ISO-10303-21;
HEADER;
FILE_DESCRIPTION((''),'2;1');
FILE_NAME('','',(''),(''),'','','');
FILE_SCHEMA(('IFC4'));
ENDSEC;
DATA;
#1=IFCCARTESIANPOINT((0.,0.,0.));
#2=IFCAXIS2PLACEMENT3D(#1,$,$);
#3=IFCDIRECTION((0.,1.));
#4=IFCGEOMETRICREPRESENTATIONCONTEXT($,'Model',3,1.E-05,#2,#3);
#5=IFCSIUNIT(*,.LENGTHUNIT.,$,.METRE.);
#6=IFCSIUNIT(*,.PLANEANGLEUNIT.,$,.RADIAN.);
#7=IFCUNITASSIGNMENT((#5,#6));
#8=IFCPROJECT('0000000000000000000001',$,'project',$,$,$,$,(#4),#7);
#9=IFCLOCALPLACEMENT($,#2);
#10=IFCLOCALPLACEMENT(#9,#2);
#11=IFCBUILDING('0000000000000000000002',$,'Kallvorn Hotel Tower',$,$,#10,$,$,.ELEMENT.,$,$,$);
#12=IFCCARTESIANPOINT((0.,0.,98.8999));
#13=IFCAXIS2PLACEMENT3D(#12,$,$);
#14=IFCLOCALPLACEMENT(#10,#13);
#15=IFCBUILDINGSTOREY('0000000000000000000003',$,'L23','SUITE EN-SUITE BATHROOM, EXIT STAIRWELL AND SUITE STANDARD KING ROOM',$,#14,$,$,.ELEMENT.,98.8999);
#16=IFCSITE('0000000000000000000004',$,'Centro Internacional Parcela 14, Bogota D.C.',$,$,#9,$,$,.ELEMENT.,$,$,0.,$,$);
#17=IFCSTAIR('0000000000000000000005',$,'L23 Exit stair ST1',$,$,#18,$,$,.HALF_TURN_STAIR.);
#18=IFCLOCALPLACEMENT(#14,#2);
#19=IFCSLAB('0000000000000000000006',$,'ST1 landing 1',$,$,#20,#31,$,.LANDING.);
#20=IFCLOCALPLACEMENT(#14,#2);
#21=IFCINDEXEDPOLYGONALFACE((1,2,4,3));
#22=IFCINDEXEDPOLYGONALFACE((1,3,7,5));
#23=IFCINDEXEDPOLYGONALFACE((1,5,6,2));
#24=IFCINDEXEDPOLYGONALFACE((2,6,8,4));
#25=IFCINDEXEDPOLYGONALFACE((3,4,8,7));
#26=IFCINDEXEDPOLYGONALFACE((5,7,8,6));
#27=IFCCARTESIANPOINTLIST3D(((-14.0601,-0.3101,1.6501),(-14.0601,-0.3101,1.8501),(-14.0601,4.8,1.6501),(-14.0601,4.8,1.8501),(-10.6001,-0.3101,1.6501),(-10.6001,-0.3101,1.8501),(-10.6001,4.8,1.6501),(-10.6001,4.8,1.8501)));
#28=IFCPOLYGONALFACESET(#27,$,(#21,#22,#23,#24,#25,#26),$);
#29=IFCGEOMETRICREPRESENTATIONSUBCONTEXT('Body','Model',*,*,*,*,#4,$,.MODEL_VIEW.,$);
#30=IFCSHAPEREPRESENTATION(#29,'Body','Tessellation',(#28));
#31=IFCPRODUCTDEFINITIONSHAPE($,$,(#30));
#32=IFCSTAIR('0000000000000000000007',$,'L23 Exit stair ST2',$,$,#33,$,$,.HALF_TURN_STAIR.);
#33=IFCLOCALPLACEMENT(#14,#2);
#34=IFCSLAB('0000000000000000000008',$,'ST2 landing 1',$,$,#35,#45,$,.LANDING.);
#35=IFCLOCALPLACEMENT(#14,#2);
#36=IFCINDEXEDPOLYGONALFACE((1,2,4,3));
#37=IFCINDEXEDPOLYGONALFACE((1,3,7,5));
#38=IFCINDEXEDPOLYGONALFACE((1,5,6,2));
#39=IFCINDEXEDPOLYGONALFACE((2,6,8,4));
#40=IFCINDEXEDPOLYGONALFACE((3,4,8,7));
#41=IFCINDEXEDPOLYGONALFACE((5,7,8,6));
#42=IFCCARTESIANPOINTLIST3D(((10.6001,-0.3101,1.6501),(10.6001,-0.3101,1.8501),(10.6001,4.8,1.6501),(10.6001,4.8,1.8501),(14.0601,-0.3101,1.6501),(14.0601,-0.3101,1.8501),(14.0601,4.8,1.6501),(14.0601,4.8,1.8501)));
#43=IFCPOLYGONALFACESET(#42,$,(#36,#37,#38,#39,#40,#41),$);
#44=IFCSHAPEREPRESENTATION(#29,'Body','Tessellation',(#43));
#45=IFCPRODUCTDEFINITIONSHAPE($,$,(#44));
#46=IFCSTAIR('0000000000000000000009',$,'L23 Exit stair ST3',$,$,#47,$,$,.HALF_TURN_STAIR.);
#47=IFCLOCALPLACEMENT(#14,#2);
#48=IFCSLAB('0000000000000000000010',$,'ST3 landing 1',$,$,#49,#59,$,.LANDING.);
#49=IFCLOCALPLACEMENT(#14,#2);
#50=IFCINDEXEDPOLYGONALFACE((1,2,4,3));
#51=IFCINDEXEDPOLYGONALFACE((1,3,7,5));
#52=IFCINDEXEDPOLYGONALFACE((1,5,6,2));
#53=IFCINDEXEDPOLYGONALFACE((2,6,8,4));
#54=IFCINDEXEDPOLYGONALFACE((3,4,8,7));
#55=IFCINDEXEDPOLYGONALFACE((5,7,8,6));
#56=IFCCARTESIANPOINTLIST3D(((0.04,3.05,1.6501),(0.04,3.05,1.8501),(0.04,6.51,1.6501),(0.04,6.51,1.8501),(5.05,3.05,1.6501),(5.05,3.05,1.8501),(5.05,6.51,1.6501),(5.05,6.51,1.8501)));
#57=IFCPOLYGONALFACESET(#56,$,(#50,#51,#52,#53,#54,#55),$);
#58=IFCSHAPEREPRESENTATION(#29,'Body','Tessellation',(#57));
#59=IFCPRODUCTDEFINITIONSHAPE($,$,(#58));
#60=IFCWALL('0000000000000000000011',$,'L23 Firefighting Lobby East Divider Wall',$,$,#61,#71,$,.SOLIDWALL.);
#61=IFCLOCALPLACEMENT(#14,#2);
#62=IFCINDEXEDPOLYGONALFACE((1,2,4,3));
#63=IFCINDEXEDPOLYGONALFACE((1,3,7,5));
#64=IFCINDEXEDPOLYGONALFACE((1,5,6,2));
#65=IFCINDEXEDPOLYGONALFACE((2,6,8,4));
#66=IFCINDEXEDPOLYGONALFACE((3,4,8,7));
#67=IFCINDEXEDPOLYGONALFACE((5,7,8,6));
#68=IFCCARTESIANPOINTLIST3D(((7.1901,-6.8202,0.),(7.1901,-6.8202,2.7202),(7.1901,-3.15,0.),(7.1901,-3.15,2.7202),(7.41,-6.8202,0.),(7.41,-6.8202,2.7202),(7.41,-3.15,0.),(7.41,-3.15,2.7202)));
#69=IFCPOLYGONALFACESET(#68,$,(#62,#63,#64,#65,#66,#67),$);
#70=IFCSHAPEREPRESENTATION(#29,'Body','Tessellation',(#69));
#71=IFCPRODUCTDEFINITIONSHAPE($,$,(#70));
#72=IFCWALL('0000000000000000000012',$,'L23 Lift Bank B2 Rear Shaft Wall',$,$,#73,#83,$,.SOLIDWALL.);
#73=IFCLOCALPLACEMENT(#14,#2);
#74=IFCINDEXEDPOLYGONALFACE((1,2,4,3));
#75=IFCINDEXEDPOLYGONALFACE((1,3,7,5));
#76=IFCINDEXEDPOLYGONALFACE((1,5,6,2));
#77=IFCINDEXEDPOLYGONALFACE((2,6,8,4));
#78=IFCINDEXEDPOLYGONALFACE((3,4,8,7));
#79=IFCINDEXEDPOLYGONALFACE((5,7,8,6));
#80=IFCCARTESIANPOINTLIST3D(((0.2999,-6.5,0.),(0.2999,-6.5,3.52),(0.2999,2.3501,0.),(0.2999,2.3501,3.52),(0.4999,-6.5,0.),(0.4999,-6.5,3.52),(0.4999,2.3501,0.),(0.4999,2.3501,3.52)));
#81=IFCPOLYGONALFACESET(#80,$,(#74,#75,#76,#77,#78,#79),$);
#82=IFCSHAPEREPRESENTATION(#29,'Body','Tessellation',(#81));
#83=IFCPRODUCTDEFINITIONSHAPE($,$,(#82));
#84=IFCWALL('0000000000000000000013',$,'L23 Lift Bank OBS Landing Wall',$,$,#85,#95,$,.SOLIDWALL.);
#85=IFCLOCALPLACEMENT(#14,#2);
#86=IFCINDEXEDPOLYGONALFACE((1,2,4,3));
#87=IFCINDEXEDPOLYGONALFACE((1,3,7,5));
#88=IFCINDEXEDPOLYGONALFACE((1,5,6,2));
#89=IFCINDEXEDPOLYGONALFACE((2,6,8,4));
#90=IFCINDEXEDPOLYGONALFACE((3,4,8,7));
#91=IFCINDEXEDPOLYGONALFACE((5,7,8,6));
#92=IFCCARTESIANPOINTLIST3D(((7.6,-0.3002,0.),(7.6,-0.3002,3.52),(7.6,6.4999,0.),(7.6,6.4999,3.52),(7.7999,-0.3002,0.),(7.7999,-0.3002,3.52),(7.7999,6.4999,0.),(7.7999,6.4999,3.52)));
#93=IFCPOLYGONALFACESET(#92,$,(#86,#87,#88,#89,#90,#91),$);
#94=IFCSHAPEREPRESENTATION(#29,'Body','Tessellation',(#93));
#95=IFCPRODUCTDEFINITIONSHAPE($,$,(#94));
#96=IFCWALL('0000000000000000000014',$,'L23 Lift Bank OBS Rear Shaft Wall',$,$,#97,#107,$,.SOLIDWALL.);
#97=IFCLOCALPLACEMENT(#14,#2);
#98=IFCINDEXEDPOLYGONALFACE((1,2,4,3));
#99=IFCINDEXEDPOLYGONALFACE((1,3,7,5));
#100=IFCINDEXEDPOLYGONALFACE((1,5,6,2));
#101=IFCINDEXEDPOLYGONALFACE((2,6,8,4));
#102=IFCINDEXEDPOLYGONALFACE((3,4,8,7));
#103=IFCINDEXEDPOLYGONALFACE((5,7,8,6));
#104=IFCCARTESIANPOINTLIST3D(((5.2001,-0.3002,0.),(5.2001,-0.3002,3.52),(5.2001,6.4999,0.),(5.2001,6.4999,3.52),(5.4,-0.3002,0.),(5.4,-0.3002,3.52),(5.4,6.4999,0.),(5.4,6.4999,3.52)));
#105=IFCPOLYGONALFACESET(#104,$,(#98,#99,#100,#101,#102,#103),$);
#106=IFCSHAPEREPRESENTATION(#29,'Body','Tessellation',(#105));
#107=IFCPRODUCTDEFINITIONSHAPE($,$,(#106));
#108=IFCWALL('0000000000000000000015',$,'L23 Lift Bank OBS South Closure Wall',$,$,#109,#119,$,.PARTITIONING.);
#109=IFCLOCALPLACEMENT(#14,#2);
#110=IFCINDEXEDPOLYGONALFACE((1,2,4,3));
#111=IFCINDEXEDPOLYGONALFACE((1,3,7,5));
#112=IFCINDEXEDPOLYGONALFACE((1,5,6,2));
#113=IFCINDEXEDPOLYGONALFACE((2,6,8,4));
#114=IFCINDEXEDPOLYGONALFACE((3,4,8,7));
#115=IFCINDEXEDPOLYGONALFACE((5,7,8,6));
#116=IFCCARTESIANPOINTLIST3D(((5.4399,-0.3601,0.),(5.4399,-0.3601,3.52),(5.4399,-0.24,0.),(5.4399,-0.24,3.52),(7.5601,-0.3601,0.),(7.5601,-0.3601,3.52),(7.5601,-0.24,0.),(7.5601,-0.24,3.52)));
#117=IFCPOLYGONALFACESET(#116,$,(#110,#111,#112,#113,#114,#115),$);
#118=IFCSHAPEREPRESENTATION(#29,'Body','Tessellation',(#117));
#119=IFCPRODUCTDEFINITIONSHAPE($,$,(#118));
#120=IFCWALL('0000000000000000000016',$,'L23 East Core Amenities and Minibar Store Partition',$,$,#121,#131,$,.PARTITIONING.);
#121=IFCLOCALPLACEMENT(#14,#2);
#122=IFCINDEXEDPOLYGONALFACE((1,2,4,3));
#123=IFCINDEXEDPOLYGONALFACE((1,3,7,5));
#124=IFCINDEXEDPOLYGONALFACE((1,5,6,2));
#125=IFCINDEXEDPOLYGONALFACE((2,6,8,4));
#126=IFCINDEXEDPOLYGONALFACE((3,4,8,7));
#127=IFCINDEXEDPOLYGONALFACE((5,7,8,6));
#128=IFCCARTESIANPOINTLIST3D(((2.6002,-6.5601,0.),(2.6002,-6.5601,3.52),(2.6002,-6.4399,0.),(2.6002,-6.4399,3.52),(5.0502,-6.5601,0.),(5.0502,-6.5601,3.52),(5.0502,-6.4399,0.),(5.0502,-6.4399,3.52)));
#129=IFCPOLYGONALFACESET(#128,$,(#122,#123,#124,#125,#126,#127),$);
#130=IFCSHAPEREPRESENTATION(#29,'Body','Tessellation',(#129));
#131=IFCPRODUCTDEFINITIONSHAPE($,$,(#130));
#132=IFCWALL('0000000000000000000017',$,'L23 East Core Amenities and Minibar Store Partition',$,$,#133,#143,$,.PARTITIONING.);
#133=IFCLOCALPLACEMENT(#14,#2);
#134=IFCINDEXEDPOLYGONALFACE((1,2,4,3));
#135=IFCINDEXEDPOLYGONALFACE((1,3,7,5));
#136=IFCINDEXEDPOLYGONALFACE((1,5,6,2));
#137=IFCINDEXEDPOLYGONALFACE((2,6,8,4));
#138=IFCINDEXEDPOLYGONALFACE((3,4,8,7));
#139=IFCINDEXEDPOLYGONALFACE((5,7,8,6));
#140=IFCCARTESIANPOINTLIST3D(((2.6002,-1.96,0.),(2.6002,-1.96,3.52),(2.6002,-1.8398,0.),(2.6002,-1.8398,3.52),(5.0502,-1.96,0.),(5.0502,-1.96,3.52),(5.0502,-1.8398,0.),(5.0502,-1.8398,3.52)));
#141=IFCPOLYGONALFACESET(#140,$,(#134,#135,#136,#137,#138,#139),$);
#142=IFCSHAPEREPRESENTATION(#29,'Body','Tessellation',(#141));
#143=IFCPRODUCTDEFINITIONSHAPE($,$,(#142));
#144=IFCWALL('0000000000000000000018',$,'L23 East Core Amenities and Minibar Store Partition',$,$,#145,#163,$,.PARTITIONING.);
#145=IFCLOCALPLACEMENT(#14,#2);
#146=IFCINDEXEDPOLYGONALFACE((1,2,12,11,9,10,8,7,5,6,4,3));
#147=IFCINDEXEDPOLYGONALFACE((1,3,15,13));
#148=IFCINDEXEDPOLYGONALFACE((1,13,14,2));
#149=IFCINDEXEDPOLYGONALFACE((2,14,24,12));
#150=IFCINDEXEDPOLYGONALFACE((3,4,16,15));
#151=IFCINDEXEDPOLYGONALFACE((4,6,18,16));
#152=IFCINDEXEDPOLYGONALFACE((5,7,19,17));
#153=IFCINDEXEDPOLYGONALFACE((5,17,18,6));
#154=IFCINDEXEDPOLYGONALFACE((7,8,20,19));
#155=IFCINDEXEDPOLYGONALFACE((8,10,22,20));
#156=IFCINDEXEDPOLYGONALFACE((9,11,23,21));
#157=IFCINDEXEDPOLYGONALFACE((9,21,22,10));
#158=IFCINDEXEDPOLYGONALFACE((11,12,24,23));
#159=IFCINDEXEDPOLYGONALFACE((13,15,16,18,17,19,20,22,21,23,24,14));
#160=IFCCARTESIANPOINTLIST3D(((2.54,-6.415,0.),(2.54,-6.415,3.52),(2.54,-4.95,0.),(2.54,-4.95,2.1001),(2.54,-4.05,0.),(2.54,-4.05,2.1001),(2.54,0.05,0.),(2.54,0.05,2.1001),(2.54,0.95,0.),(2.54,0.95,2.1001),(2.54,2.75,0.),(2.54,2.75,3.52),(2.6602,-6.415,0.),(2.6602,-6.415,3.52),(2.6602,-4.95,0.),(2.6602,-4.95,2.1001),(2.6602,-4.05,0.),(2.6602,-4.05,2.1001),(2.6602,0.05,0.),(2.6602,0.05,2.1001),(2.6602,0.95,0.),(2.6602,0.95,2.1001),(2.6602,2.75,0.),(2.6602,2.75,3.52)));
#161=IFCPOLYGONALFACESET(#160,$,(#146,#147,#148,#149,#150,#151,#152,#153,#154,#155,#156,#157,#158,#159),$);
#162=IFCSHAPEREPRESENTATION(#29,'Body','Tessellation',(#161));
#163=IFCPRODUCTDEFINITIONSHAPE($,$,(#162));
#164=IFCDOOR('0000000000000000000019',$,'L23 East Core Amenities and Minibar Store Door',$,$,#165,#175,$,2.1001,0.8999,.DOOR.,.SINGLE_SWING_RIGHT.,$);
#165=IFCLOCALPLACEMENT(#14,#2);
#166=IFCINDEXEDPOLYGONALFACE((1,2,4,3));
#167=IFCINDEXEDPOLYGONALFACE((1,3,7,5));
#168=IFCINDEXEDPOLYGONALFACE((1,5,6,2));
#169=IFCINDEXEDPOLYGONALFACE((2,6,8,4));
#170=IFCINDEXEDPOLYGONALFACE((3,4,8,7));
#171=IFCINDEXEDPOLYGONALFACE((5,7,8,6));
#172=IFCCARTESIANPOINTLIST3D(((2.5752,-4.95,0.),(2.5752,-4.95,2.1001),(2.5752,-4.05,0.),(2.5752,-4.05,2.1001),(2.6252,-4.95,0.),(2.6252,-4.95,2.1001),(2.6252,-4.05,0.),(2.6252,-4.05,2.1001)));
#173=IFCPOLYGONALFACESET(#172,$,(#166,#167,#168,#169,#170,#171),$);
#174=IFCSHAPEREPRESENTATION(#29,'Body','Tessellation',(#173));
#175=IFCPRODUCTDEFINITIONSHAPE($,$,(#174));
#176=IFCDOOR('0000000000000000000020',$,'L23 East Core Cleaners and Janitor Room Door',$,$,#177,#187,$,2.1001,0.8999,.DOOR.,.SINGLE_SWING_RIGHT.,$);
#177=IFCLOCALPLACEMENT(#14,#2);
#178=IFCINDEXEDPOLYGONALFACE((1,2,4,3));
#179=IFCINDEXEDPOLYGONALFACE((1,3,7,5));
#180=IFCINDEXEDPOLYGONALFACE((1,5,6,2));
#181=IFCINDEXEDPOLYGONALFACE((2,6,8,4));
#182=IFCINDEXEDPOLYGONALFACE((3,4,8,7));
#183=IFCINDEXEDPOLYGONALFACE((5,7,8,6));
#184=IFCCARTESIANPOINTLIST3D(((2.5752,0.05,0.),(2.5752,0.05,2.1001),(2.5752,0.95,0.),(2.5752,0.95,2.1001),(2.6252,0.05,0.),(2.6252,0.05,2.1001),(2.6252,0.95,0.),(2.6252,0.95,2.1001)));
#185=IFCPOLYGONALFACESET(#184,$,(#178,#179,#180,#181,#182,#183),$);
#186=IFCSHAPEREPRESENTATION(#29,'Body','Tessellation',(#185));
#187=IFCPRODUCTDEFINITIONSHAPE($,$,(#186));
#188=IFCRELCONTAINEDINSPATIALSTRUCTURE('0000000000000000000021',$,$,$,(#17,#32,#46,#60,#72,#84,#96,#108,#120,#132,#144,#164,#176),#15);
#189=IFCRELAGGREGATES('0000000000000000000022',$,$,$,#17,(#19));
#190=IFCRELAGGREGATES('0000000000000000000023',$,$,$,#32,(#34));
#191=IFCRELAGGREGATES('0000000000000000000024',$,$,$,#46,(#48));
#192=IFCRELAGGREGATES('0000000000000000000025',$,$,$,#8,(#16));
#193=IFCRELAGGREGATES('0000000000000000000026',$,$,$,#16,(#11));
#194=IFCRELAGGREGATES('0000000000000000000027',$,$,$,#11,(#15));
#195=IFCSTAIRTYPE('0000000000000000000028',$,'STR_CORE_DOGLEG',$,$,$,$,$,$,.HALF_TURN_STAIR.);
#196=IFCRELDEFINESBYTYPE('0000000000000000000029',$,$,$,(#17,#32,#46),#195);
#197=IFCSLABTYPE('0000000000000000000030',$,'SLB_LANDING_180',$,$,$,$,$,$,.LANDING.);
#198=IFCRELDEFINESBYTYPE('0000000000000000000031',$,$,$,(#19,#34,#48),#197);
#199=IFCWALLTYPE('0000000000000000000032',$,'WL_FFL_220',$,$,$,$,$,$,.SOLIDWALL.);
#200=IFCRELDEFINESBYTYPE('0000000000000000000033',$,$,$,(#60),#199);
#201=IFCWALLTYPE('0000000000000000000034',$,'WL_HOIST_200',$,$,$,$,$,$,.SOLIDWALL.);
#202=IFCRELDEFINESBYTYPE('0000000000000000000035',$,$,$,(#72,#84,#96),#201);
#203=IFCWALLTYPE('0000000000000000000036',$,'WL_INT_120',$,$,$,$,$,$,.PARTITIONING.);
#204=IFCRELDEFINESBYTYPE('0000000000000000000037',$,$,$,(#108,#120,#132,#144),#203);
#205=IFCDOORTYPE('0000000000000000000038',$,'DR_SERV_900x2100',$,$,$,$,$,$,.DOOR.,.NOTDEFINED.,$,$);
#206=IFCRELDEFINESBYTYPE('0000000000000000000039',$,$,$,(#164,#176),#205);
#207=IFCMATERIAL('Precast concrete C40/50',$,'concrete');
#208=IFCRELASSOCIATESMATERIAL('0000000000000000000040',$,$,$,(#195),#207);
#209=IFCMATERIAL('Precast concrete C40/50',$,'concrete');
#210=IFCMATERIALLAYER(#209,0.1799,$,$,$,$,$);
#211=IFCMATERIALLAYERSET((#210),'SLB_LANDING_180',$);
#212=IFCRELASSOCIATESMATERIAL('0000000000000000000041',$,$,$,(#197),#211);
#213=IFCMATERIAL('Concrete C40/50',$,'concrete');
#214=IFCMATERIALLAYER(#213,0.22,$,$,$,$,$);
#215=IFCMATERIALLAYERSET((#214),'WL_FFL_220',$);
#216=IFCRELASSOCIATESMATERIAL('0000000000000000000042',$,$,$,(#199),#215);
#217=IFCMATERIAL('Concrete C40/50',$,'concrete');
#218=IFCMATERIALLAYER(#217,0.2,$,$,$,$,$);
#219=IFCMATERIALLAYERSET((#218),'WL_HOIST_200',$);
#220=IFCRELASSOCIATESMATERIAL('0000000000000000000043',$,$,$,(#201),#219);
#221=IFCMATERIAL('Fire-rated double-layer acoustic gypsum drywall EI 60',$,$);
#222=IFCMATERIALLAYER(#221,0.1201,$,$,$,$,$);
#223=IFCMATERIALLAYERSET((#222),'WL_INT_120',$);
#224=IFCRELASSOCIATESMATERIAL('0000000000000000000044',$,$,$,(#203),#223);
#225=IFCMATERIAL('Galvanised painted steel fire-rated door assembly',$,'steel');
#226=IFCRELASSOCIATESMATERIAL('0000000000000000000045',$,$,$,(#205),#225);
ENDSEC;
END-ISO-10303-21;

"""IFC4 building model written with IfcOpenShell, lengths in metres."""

from ifc_helpers import new_model, si_unit, direction, frame, frame_2d, origin, place, context, subcontext, project, spatial, polyline, rectangle, outline, extrude, material, layer, layer_set, type_object, element, fill, aggregate, save


model = new_model("IFC4")

# Units and contexts
model_context = context("Model", 3, precision=1e-05, world=origin(), true_north=direction((0.0, 1.0)))
body_context = subcontext(model_context, "Body", "Model", "MODEL_VIEW")
ifc_project = project(units=[si_unit("LENGTHUNIT", "METRE"), si_unit("PLANEANGLEUNIT", "RADIAN")], contexts=[model_context])

# Site, building, storey
site_placement = place(None, origin())
site = spatial("IfcSite", under=ifc_project, at=site_placement, Name="Centro Internacional Parcela 14, Bogota D.C.", CompositionType="ELEMENT", RefElevation=0.0)
building_placement = place(site_placement, origin())
building = spatial("IfcBuilding", under=site, at=building_placement, Name="Kallvorn Hotel Tower", CompositionType="ELEMENT")
storey_placement = place(building_placement, frame((0.0, 0.0, 98.8999)))
storey = spatial("IfcBuildingStorey", under=building, at=storey_placement, Name="L23", Description="SUITE EN-SUITE BATHROOM, EXIT STAIRWELL AND SUITE STANDARD KING ROOM", CompositionType="ELEMENT", Elevation=98.8999)

# Stairs, slabs
ifc_material_1 = material(Name="Precast concrete C40/50", Category="concrete")
stair_type = type_object("IfcStairType", Name="STR_CORE_DOGLEG", PredefinedType="HALF_TURN_STAIR", material=ifc_material_1)
stair_1_placement = place(storey_placement, origin())
stair_1 = element("IfcStair", 1, at=stair_1_placement, inside=storey, type_object=stair_type, Name="L23 Exit stair ST1", PredefinedType="HALF_TURN_STAIR")
ifc_material_2 = material(Name="Precast concrete C40/50", Category="concrete")
ifc_layer_1 = layer(ifc_material_2, 0.1799)
ifc_layer_set_1 = layer_set([ifc_layer_1], Name="SLB_LANDING_180")
slab_type = type_object("IfcSlabType", Name="SLB_LANDING_180", PredefinedType="LANDING", material=ifc_layer_set_1)
slab_1_placement = place(storey_placement, frame((0.0, 0.0, 1.6501)))
slab_1 = element("IfcSlab", 2, at=slab_1_placement, type_object=slab_type, Name="ST1 landing 1", PredefinedType="LANDING", context=body_context, shape_type="SweptSolid", body=[
    extrude(outline(polyline([(-10.6001, -0.3101), (-10.6001, 4.8), (-14.0601, 4.8), (-14.0601, -0.3101), (-10.6001, -0.3101)])), origin(), (0.0, 0.0, 1.0), 0.2),
])
aggregate(stair_1, [slab_1])
stair_2_placement = place(storey_placement, origin())
stair_2 = element("IfcStair", 3, at=stair_2_placement, inside=storey, type_object=stair_type, Name="L23 Exit stair ST2", PredefinedType="HALF_TURN_STAIR")
slab_2_placement = place(storey_placement, frame((0.0, 0.0, 1.6501)))
slab_2 = element("IfcSlab", 4, at=slab_2_placement, type_object=slab_type, Name="ST2 landing 1", PredefinedType="LANDING", context=body_context, shape_type="SweptSolid", body=[
    extrude(outline(polyline([(14.0601, -0.3101), (14.0601, 4.8), (10.6001, 4.8), (10.6001, -0.3101), (14.0601, -0.3101)])), origin(), (0.0, 0.0, 1.0), 0.2),
])
aggregate(stair_2, [slab_2])
stair_3_placement = place(storey_placement, origin())
stair_3 = element("IfcStair", 5, at=stair_3_placement, inside=storey, type_object=stair_type, Name="L23 Exit stair ST3", PredefinedType="HALF_TURN_STAIR")
slab_3_placement = place(storey_placement, frame((0.0, 0.0, 1.6501)))
slab_3 = element("IfcSlab", 6, at=slab_3_placement, type_object=slab_type, Name="ST3 landing 1", PredefinedType="LANDING", context=body_context, shape_type="SweptSolid", body=[
    extrude(outline(polyline([(0.04, 3.05), (5.05, 3.05), (5.05, 6.51), (0.04, 6.51), (0.04, 3.05)])), origin(), (0.0, 0.0, 1.0), 0.2),
])
aggregate(stair_3, [slab_3])

# Walls
ifc_material_3 = material(Name="Concrete C40/50", Category="concrete")
ifc_layer_2 = layer(ifc_material_3, 0.22)
ifc_layer_set_2 = layer_set([ifc_layer_2], Name="WL_FFL_220")
wall_type_1 = type_object("IfcWallType", Name="WL_FFL_220", PredefinedType="SOLIDWALL", material=ifc_layer_set_2)
wall_1_placement = place(storey_placement, frame((7.3, -6.8201, 0.0), z_axis=(0.0, 0.0, 1.0), x_axis=(0.0, 1.0, 0.0)))
element("IfcWall", 7, at=wall_1_placement, inside=storey, type_object=wall_type_1, Name="L23 Firefighting Lobby East Divider Wall", PredefinedType="SOLIDWALL", context=body_context, shape_type="SweptSolid", body=[
    extrude(rectangle(XDim=3.6702, YDim=0.22, at=frame_2d((1.835, 0.0))), origin(), (0.0, 0.0, 1.0), 2.7202),
])
ifc_material_4 = material(Name="Concrete C40/50", Category="concrete")
ifc_layer_3 = layer(ifc_material_4, 0.2)
ifc_layer_set_3 = layer_set([ifc_layer_3], Name="WL_HOIST_200")
wall_type_2 = type_object("IfcWallType", Name="WL_HOIST_200", PredefinedType="SOLIDWALL", material=ifc_layer_set_3)
wall_2_placement = place(storey_placement, frame((0.3999, -6.5, 0.0), z_axis=(0.0, 0.0, 1.0), x_axis=(0.0, 1.0, 0.0)))
element("IfcWall", 8, at=wall_2_placement, inside=storey, type_object=wall_type_2, Name="L23 Lift Bank B2 Rear Shaft Wall", PredefinedType="SOLIDWALL", context=body_context, shape_type="SweptSolid", body=[
    extrude(rectangle(XDim=8.8501, YDim=0.2, at=frame_2d((4.425, 0.0))), origin(), (0.0, 0.0, 1.0), 3.52),
])
for number, where, z_axis, x_axis, name in (
    (9, (7.7, -0.3, 0.0), (0.0, 0.0, 1.0), (0.0, 1.0, 0.0), "L23 Lift Bank OBS Landing Wall"),
    (10, (5.3, -0.3, 0.0), (0.0, 0.0, 1.0), (0.0, 1.0, 0.0), "L23 Lift Bank OBS Rear Shaft Wall"),
):
    element("IfcWall", number, at=place(storey_placement, frame(where, z_axis=z_axis, x_axis=x_axis)), inside=storey, type_object=wall_type_2, Name=name, PredefinedType="SOLIDWALL", context=body_context, shape_type="SweptSolid", body=[
        extrude(rectangle(XDim=6.8, YDim=0.2, at=frame_2d((3.3999, 0.0))), origin(), (0.0, 0.0, 1.0), 3.52),
    ])
ifc_material_5 = material(Name="Fire-rated double-layer acoustic gypsum drywall EI 60")
ifc_layer_4 = layer(ifc_material_5, 0.1201)
ifc_layer_set_4 = layer_set([ifc_layer_4], Name="WL_INT_120")
wall_type_3 = type_object("IfcWallType", Name="WL_INT_120", PredefinedType="PARTITIONING", material=ifc_layer_set_4)
wall_3_placement = place(storey_placement, frame((5.4399, -0.3, 0.0), z_axis=(0.0, 0.0, 1.0), x_axis=(1.0, 0.0, 0.0)))
element("IfcWall", 11, at=wall_3_placement, inside=storey, type_object=wall_type_3, Name="L23 Lift Bank OBS South Closure Wall", PredefinedType="PARTITIONING", context=body_context, shape_type="SweptSolid", body=[
    extrude(rectangle(XDim=2.1201, YDim=0.1201, at=frame_2d((1.0601, 0.0))), origin(), (0.0, 0.0, 1.0), 3.52),
])
for number, where, z_axis, x_axis, name in (
    (12, (2.6001, -6.5, 0.0), (0.0, 0.0, 1.0), (1.0, 0.0, 0.0), "L23 East Core Amenities and Minibar Store Partition"),
    (13, (2.6001, -1.8999, 0.0), (0.0, 0.0, 1.0), (1.0, 0.0, 0.0), "L23 East Core Amenities and Minibar Store Partition"),
):
    element("IfcWall", number, at=place(storey_placement, frame(where, z_axis=z_axis, x_axis=x_axis)), inside=storey, type_object=wall_type_3, Name=name, PredefinedType="PARTITIONING", context=body_context, shape_type="SweptSolid", body=[
        extrude(rectangle(XDim=2.45, YDim=0.1201, at=frame_2d((1.2251, 0.0))), origin(), (0.0, 0.0, 1.0), 3.52),
    ])

# Wall, openings, doors
wall_4_placement = place(storey_placement, frame((2.6001, -6.415, 0.0), z_axis=(0.0, 0.0, 1.0), x_axis=(0.0, 1.0, 0.0)))
wall_4 = element("IfcWall", 14, at=wall_4_placement, inside=storey, type_object=wall_type_3, Name="L23 East Core Amenities and Minibar Store Partition", PredefinedType="PARTITIONING", context=body_context, shape_type="SweptSolid", body=[
    extrude(rectangle(XDim=9.165, YDim=0.1201, at=frame_2d((4.5825, 0.0))), origin(), (0.0, 0.0, 1.0), 3.52),
])
opening_1_placement = place(wall_4_placement, frame((1.4651, 0.0, 0.0)))
opening_1 = element("IfcOpeningElement", 15, at=opening_1_placement, cuts=wall_4, PredefinedType="OPENING", context=body_context, shape_type="SweptSolid", body=[
    extrude(rectangle(XDim=0.8999, YDim=2.1001, at=frame_2d((0.45, 1.05))), frame((0.0, 0.075, 0.0), z_axis=(0.0, -1.0, 0.0), x_axis=(1.0, 0.0, 0.0)), (0.0, 0.0, 1.0), 0.1501),
])
opening_2_placement = place(wall_4_placement, frame((6.4651, 0.0, 0.0)))
opening_2 = element("IfcOpeningElement", 16, at=opening_2_placement, cuts=wall_4, PredefinedType="OPENING", context=body_context, shape_type="SweptSolid", body=[
    extrude(rectangle(XDim=0.8999, YDim=2.1001, at=frame_2d((0.45, 1.05))), frame((0.0, 0.075, 0.0), z_axis=(0.0, -1.0, 0.0), x_axis=(1.0, 0.0, 0.0)), (0.0, 0.0, 1.0), 0.1501),
])
ifc_material_6 = material(Name="Galvanised painted steel fire-rated door assembly", Category="steel")
door_type_1 = type_object("IfcDoorType", Name="DR_SERV_900x2100", OperationType="NOTDEFINED", PredefinedType="DOOR", material=ifc_material_6)
door_1_placement = place(opening_1_placement, origin())
door_1 = element("IfcDoor", 17, at=door_1_placement, inside=storey, type_object=door_type_1, Name="L23 East Core Amenities and Minibar Store Door", OperationType="SINGLE_SWING_RIGHT", OverallHeight=2.1001, OverallWidth=0.8999, PredefinedType="DOOR", context=body_context, shape_type="SweptSolid", body=[
    extrude(rectangle(XDim=0.8999, YDim=2.1001, at=frame_2d((0.45, 1.05))), frame((0.0, 0.0249, 0.0), z_axis=(0.0, -1.0, 0.0), x_axis=(1.0, 0.0, 0.0)), (0.0, 0.0, 1.0), 0.05),
])
fill(opening_1, door_1)
door_2_placement = place(opening_2_placement, origin())
door_2 = element("IfcDoor", 18, at=door_2_placement, inside=storey, type_object=door_type_1, Name="L23 East Core Cleaners and Janitor Room Door", OperationType="SINGLE_SWING_RIGHT", OverallHeight=2.1001, OverallWidth=0.8999, PredefinedType="DOOR", context=body_context, shape_type="SweptSolid", body=[
    extrude(rectangle(XDim=0.8999, YDim=2.1001, at=frame_2d((0.45, 1.05))), frame((0.0, 0.0249, 0.0), z_axis=(0.0, -1.0, 0.0), x_axis=(1.0, 0.0, 0.0)), (0.0, 0.0, 1.0), 0.05),
])
fill(opening_2, door_2)

save(model, "model.ifc")
